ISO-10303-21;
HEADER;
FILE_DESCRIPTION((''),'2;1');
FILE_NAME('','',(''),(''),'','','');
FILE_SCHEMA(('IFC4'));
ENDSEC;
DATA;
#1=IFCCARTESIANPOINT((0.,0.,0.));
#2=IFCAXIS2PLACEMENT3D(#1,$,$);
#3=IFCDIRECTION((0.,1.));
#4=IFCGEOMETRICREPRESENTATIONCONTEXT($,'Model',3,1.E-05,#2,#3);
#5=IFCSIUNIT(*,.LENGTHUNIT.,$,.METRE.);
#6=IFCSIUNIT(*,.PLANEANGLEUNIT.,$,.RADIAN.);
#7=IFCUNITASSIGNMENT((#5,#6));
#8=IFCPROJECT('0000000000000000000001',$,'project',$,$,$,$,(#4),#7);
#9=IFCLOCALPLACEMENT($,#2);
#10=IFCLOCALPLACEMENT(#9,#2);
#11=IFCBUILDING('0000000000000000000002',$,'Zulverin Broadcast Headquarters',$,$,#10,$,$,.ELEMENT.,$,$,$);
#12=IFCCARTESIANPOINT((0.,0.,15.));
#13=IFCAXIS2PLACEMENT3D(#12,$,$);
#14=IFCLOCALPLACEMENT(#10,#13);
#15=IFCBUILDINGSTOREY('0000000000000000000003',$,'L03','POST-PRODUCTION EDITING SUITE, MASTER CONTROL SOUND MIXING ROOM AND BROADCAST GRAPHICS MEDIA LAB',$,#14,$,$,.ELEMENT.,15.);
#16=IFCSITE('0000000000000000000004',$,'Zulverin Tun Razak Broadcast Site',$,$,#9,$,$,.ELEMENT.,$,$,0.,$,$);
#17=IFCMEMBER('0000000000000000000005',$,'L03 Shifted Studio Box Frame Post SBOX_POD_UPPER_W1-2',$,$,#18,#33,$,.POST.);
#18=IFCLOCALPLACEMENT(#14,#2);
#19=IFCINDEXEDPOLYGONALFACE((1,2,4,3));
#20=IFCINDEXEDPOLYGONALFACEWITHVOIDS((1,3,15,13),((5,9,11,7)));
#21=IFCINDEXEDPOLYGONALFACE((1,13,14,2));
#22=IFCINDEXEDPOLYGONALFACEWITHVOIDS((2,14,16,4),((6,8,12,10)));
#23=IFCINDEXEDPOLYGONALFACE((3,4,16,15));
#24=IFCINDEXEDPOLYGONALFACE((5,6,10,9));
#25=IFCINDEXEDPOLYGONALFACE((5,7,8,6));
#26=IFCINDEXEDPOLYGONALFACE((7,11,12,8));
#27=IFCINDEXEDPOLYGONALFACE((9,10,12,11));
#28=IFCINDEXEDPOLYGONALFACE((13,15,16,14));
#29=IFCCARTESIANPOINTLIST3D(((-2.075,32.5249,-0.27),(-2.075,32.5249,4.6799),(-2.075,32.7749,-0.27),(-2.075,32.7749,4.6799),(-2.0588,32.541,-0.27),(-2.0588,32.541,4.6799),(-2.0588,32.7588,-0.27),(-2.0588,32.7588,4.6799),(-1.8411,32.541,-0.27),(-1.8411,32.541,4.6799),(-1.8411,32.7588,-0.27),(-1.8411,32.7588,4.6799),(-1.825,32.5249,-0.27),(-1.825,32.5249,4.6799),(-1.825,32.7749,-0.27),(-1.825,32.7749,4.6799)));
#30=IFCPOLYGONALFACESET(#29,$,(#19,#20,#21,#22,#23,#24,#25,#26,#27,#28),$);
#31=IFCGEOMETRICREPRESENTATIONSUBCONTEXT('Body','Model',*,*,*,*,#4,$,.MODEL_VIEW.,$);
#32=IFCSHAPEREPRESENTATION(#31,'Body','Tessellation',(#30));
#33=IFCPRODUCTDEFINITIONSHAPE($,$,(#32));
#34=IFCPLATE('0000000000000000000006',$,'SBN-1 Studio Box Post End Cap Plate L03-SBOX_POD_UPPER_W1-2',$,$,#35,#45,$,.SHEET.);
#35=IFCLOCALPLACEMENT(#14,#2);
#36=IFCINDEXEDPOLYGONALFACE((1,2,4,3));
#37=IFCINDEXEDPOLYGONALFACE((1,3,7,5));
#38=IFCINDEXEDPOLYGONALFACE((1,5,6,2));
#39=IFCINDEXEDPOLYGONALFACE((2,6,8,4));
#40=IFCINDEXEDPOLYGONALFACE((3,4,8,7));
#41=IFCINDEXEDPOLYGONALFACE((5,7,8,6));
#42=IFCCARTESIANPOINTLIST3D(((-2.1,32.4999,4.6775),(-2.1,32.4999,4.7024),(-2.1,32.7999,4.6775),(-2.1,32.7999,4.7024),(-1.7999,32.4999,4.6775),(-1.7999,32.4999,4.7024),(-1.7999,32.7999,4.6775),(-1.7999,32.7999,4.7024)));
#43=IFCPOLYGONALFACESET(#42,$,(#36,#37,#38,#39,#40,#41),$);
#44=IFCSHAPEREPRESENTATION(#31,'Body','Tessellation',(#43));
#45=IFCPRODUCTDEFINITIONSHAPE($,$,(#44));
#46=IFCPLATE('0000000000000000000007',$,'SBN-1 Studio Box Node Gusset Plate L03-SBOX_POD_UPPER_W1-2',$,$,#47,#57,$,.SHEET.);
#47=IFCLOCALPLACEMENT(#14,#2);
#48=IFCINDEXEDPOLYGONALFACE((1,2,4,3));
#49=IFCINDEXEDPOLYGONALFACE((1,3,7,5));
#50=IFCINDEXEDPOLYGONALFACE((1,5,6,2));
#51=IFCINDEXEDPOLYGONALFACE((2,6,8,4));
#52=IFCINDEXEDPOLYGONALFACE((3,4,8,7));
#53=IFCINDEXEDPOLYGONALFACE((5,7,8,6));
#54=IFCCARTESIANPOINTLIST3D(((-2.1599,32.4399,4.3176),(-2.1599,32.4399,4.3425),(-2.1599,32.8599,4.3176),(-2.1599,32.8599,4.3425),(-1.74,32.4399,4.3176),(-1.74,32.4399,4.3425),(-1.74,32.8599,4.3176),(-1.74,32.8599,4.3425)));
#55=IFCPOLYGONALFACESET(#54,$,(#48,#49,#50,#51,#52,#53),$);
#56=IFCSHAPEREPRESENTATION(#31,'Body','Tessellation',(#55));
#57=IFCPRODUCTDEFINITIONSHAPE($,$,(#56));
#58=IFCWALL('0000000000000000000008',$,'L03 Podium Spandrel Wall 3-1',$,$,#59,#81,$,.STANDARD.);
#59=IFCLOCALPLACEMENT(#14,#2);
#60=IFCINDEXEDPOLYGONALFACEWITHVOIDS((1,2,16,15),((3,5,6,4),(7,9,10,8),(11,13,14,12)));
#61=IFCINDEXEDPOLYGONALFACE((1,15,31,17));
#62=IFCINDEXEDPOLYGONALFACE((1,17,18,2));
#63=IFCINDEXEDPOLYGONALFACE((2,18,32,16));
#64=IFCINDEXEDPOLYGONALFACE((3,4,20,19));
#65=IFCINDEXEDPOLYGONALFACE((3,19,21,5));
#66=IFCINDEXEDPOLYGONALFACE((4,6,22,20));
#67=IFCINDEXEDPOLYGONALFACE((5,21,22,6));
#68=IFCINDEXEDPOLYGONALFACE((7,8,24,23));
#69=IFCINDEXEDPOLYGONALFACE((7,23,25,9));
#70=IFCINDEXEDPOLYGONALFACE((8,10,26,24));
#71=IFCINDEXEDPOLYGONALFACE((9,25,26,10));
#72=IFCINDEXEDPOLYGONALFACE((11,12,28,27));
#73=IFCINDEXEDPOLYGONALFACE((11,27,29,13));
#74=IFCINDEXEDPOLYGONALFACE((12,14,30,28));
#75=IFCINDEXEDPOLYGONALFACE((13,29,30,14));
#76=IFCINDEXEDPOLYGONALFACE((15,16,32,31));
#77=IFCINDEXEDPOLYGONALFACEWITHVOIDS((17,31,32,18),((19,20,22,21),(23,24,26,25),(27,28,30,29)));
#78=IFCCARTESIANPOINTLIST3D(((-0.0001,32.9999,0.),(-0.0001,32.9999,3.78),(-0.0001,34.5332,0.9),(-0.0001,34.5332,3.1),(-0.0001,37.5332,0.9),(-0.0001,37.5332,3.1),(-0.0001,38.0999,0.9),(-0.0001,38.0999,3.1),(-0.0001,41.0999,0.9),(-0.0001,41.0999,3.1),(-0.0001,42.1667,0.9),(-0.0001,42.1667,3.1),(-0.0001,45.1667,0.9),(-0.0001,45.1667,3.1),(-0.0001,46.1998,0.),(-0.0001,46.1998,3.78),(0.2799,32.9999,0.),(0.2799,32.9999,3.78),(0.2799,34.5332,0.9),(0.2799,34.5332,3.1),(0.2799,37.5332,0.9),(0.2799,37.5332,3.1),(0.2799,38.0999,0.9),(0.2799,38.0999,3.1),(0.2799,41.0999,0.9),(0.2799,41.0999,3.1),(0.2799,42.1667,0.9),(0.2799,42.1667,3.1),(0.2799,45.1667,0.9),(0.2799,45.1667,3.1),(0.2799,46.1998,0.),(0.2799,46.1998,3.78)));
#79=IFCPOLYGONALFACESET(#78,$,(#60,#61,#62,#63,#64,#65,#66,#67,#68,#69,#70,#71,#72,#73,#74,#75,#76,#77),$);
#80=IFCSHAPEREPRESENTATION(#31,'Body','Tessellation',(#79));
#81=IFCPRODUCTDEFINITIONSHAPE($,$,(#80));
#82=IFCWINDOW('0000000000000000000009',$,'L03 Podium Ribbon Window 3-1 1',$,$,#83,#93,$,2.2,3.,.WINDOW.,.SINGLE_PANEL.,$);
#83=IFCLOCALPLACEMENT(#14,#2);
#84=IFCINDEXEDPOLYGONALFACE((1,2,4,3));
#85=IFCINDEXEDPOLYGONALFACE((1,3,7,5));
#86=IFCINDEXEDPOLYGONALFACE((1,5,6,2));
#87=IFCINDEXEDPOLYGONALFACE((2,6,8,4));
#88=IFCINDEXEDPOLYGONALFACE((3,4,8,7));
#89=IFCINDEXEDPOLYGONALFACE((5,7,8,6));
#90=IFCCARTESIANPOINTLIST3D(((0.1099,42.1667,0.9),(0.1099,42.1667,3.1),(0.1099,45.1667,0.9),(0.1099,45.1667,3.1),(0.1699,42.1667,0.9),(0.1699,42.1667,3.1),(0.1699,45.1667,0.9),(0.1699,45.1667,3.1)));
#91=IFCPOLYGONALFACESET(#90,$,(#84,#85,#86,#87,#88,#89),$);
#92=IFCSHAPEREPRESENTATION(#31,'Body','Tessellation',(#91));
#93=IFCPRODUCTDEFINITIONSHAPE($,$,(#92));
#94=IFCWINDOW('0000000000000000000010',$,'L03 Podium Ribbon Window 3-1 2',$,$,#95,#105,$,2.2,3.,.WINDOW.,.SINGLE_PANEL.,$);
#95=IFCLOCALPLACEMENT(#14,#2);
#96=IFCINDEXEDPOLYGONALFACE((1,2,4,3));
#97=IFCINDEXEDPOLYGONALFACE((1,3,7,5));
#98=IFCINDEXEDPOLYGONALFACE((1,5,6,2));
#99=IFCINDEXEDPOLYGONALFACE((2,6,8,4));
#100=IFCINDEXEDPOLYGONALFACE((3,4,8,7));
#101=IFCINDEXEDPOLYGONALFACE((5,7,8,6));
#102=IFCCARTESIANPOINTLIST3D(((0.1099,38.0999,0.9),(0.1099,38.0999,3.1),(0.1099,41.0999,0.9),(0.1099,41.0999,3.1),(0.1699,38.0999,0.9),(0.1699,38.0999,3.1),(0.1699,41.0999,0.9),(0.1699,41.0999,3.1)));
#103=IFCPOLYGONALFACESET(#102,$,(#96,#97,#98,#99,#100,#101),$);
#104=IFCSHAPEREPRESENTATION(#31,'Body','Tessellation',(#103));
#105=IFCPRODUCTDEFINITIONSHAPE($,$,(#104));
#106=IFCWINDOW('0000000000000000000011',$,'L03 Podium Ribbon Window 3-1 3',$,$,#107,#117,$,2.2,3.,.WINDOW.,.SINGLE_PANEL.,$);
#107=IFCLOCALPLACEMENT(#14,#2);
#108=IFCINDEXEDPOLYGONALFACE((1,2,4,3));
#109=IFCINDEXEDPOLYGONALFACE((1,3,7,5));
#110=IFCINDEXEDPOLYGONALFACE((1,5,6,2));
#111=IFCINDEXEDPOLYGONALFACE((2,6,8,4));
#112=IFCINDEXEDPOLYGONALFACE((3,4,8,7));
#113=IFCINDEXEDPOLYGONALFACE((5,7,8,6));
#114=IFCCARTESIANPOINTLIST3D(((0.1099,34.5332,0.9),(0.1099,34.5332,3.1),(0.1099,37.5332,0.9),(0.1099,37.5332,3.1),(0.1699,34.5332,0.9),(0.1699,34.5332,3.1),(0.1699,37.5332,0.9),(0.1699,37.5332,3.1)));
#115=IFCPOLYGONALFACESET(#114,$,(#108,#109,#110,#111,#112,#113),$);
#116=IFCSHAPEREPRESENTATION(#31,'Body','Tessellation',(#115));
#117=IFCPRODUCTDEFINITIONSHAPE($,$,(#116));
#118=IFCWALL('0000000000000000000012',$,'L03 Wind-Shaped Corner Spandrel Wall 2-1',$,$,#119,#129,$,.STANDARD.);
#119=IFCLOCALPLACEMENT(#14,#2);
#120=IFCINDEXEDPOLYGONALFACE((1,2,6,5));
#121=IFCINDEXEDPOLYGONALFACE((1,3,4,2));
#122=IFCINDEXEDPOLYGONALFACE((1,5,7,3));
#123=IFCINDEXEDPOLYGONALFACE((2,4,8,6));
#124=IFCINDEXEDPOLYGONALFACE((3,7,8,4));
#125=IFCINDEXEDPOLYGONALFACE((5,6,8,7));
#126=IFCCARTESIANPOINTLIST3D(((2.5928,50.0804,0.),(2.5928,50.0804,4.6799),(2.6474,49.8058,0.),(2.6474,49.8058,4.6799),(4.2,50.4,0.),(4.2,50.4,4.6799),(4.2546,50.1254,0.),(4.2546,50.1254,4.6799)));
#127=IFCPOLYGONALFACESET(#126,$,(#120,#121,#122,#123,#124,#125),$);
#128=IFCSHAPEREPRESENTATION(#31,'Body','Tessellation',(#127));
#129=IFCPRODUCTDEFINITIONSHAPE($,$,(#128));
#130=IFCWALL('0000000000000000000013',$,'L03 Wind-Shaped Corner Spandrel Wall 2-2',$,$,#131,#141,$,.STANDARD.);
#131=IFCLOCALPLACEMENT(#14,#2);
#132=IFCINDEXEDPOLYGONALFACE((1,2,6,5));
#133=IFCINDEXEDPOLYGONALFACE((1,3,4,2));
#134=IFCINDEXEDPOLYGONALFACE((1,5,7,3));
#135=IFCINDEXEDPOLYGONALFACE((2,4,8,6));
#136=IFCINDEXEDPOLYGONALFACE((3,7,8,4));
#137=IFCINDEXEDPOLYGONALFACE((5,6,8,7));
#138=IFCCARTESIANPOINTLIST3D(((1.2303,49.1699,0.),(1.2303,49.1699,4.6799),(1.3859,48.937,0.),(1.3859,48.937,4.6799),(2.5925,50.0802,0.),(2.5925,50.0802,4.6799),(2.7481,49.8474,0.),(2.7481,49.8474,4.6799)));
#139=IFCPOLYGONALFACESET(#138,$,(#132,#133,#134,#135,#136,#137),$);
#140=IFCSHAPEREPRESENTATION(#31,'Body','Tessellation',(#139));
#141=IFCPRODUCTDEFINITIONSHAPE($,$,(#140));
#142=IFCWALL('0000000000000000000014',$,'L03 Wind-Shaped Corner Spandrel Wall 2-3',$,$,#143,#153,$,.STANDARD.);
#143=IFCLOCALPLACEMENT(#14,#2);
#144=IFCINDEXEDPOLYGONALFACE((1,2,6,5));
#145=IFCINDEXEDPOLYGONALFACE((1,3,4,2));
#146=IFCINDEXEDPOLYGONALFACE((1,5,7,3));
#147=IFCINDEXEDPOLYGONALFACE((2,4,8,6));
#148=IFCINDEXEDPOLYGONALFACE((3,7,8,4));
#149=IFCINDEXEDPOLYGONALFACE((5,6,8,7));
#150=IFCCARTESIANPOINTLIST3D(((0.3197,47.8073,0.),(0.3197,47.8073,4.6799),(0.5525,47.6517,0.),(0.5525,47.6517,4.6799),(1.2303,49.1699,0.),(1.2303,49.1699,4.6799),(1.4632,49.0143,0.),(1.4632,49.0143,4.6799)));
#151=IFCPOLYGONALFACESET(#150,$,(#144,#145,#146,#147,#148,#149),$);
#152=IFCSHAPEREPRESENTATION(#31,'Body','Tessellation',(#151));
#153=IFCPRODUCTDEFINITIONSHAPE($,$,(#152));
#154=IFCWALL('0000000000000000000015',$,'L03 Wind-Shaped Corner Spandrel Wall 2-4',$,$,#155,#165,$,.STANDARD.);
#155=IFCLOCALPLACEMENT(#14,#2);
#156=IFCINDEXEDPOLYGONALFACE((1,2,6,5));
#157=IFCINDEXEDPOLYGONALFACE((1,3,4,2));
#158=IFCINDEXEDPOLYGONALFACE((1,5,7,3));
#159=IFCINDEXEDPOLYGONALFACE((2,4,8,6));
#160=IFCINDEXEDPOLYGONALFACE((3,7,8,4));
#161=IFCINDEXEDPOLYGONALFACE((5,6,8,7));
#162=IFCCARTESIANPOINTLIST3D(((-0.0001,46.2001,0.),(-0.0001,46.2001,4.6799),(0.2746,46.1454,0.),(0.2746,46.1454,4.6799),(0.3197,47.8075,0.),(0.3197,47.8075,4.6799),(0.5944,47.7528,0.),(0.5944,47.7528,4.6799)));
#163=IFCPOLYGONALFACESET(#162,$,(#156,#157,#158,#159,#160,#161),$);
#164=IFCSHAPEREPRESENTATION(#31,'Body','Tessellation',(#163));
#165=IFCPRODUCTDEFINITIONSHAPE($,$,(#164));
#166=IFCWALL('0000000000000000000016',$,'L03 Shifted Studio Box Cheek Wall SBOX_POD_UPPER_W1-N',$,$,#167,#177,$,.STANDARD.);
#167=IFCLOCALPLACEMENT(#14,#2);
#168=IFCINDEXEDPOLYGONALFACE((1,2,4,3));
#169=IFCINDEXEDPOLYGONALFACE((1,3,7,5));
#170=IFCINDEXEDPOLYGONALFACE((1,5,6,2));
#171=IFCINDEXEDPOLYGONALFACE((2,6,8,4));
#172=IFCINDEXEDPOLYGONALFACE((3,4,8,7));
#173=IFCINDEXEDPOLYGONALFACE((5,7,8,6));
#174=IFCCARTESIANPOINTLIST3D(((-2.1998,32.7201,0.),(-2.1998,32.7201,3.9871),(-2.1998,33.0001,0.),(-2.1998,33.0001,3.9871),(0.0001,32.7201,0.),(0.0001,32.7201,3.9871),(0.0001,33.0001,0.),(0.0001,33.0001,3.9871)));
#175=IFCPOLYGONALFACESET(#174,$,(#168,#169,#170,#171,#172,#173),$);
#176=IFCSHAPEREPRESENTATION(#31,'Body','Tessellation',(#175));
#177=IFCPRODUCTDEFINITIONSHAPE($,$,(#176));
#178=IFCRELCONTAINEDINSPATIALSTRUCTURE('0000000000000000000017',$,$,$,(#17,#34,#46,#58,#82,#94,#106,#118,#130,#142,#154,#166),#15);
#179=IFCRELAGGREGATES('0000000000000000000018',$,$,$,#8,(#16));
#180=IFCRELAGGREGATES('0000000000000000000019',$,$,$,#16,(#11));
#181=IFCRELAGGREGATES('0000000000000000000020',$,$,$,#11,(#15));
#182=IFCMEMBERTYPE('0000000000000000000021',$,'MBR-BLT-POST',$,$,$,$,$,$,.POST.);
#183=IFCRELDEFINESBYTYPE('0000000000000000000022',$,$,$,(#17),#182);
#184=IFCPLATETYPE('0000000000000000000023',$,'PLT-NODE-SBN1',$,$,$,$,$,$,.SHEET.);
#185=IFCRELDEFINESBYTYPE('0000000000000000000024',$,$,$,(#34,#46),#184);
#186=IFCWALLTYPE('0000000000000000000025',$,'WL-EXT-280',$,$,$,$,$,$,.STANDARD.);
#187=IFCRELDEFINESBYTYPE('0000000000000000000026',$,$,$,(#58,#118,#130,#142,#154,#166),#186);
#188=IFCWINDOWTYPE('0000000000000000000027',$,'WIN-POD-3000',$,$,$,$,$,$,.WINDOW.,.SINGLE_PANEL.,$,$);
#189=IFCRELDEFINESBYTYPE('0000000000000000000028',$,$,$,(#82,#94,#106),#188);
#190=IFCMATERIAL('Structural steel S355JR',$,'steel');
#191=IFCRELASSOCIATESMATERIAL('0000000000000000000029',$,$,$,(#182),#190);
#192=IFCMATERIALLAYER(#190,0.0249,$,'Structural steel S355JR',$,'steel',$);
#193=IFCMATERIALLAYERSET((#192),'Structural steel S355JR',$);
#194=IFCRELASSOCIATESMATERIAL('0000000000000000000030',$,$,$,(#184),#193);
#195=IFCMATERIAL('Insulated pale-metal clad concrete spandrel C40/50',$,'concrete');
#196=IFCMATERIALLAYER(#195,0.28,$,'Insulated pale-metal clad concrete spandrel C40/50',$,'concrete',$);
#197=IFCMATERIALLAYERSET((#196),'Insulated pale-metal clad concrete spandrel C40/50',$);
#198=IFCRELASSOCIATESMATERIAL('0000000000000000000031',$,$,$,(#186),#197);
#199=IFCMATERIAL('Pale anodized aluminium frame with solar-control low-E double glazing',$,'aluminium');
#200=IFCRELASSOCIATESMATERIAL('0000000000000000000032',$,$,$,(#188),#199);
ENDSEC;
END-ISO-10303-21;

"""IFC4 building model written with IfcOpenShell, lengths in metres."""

from ifc_helpers import new_model, si_unit, direction, frame, frame_2d, origin, origin_2d, place, context, subcontext, project, spatial, rectangle, hollow_rectangle, extrude, material, layer, layer_set, material_profile, profile_set, type_object, element, fill, save


model = new_model("IFC4")

# Units and contexts
model_context = context("Model", 3, precision=1e-05, world=origin(), true_north=direction((0.0, 1.0)))
body_context = subcontext(model_context, "Body", "Model", "MODEL_VIEW")
ifc_project = project(units=[si_unit("LENGTHUNIT", "METRE"), si_unit("PLANEANGLEUNIT", "RADIAN")], contexts=[model_context])

# Site, building, storey
site_placement = place(None, origin())
site = spatial("IfcSite", under=ifc_project, at=site_placement, Name="Zulverin Tun Razak Broadcast Site", CompositionType="ELEMENT", RefElevation=0.0)
building_placement = place(site_placement, origin())
building = spatial("IfcBuilding", under=site, at=building_placement, Name="Zulverin Broadcast Headquarters", CompositionType="ELEMENT")
storey_placement = place(building_placement, frame((0.0, 0.0, 15.0)))
storey = spatial("IfcBuildingStorey", under=building, at=storey_placement, Name="L03", Description="POST-PRODUCTION EDITING SUITE, MASTER CONTROL SOUND MIXING ROOM AND BROADCAST GRAPHICS MEDIA LAB", CompositionType="ELEMENT", Elevation=15.0)

# Shared definitions
ifc_material_1 = material(Name="Structural steel S355JR", Category="steel")

# Member
ifc_material_profile_1 = material_profile(ifc_material_1, hollow_rectangle(XDim=0.25, YDim=0.25, WallThickness=0.0161, at=origin_2d()), Name="Structural steel S355JR", Category="steel")
ifc_profile_set_1 = profile_set([ifc_material_profile_1], Name="Structural steel S355JR")
member_type_1 = type_object("IfcMemberType", Name="MBR-BLT-POST", PredefinedType="POST", material=ifc_profile_set_1)
member_1_placement = place(storey_placement, frame((-1.95, 32.6499, -0.27), z_axis=(0.0, 0.0, 1.0), x_axis=(1.0, 0.0, 0.0)))
element("IfcMember", 1, at=member_1_placement, inside=storey, type_object=member_type_1, Name="L03 Shifted Studio Box Frame Post SBOX_POD_UPPER_W1-2", PredefinedType="POST", context=body_context, shape_type="SweptSolid", body=[
    extrude(hollow_rectangle(XDim=0.25, YDim=0.25, WallThickness=0.0161, at=origin_2d()), origin(), (0.0, 0.0, 1.0), 4.95),
])

# Plates
ifc_layer_1 = layer(ifc_material_1, 0.0249, Name="Structural steel S355JR", Category="steel")
ifc_layer_set_1 = layer_set([ifc_layer_1], Name="Structural steel S355JR")
plate_type = type_object("IfcPlateType", Name="PLT-NODE-SBN1", PredefinedType="SHEET", material=ifc_layer_set_1)
plate_1_placement = place(storey_placement, frame((-1.95, 32.6499, 4.6775), z_axis=(0.0, 0.0, 1.0), x_axis=(1.0, 0.0, 0.0)))
element("IfcPlate", 2, at=plate_1_placement, inside=storey, type_object=plate_type, Name="SBN-1 Studio Box Post End Cap Plate L03-SBOX_POD_UPPER_W1-2", PredefinedType="SHEET", context=body_context, shape_type="SweptSolid", body=[
    extrude(rectangle(XDim=0.3, YDim=0.3, at=origin_2d()), origin(), (0.0, 0.0, 1.0), 0.0249),
])
plate_2_placement = place(storey_placement, frame((-1.95, 32.6499, 4.3176), z_axis=(0.0, 0.0, 1.0), x_axis=(1.0, 0.0, 0.0)))
element("IfcPlate", 3, at=plate_2_placement, inside=storey, type_object=plate_type, Name="SBN-1 Studio Box Node Gusset Plate L03-SBOX_POD_UPPER_W1-2", PredefinedType="SHEET", context=body_context, shape_type="SweptSolid", body=[
    extrude(rectangle(XDim=0.4199, YDim=0.4199, at=origin_2d()), origin(), (0.0, 0.0, 1.0), 0.0249),
])

# Wall, openings, windows
ifc_material_2 = material(Name="Insulated pale-metal clad concrete spandrel C40/50", Category="concrete")
ifc_layer_2 = layer(ifc_material_2, 0.28, Name="Insulated pale-metal clad concrete spandrel C40/50", Category="concrete")
ifc_layer_set_2 = layer_set([ifc_layer_2], Name="Insulated pale-metal clad concrete spandrel C40/50")
wall_type_1 = type_object("IfcWallType", Name="WL-EXT-280", PredefinedType="STANDARD", material=ifc_layer_set_2)
wall_1_placement = place(storey_placement, frame((0.1399, 46.2, 0.0), z_axis=(0.0, 0.0, 1.0), x_axis=(0.0, -1.0, 0.0)))
wall_1 = element("IfcWall", 4, at=wall_1_placement, inside=storey, type_object=wall_type_1, Name="L03 Podium Spandrel Wall 3-1", PredefinedType="STANDARD", context=body_context, shape_type="SweptSolid", body=[
    extrude(rectangle(XDim=13.2, YDim=0.28, at=frame_2d((6.6001, 0.0))), origin(), (0.0, 0.0, 1.0), 3.78),
])
opening_1_placement = place(wall_1_placement, frame((1.0332, 0.0, 0.8999)))
opening_1 = element("IfcOpeningElement", 5, at=opening_1_placement, cuts=wall_1, PredefinedType="OPENING", context=body_context, shape_type="SweptSolid", body=[
    extrude(rectangle(XDim=3.0, YDim=2.2, at=frame_2d((1.5, 1.1001))), frame((0.0, 0.1499, 0.0), z_axis=(0.0, -1.0, 0.0), x_axis=(1.0, 0.0, 0.0)), (0.0, 0.0, 1.0), 0.3),
])
opening_2_placement = place(wall_1_placement, frame((5.1001, 0.0, 0.8999)))
opening_2 = element("IfcOpeningElement", 6, at=opening_2_placement, cuts=wall_1, PredefinedType="OPENING", context=body_context, shape_type="SweptSolid", body=[
    extrude(rectangle(XDim=3.0, YDim=2.2, at=frame_2d((1.5, 1.1001))), frame((0.0, 0.1499, 0.0), z_axis=(0.0, -1.0, 0.0), x_axis=(1.0, 0.0, 0.0)), (0.0, 0.0, 1.0), 0.3),
])
opening_3_placement = place(wall_1_placement, frame((8.6667, 0.0, 0.8999)))
opening_3 = element("IfcOpeningElement", 7, at=opening_3_placement, cuts=wall_1, PredefinedType="OPENING", context=body_context, shape_type="SweptSolid", body=[
    extrude(rectangle(XDim=3.0, YDim=2.2, at=frame_2d((1.5, 1.1001))), frame((0.0, 0.1499, 0.0), z_axis=(0.0, -1.0, 0.0), x_axis=(1.0, 0.0, 0.0)), (0.0, 0.0, 1.0), 0.3),
])
ifc_material_3 = material(Name="Pale anodized aluminium frame with solar-control low-E double glazing", Category="aluminium")
window_type = type_object("IfcWindowType", Name="WIN-POD-3000", PartitioningType="SINGLE_PANEL", PredefinedType="WINDOW", material=ifc_material_3)
window_1_placement = place(opening_1_placement, origin())
window_1 = element("IfcWindow", 8, at=window_1_placement, inside=storey, type_object=window_type, Name="L03 Podium Ribbon Window 3-1 1", OverallHeight=2.2, OverallWidth=3.0, PartitioningType="SINGLE_PANEL", PredefinedType="WINDOW", context=body_context, shape_type="SweptSolid", body=[
    extrude(rectangle(XDim=3.0, YDim=2.2, at=frame_2d((1.5, 1.1001))), frame((0.0, 0.03, 0.0), z_axis=(0.0, -1.0, 0.0), x_axis=(1.0, 0.0, 0.0)), (0.0, 0.0, 1.0), 0.0601),
])
fill(opening_1, window_1)
window_2_placement = place(opening_2_placement, origin())
window_2 = element("IfcWindow", 9, at=window_2_placement, inside=storey, type_object=window_type, Name="L03 Podium Ribbon Window 3-1 2", OverallHeight=2.2, OverallWidth=3.0, PartitioningType="SINGLE_PANEL", PredefinedType="WINDOW", context=body_context, shape_type="SweptSolid", body=[
    extrude(rectangle(XDim=3.0, YDim=2.2, at=frame_2d((1.5, 1.1001))), frame((0.0, 0.03, 0.0), z_axis=(0.0, -1.0, 0.0), x_axis=(1.0, 0.0, 0.0)), (0.0, 0.0, 1.0), 0.0601),
])
fill(opening_2, window_2)
window_3_placement = place(opening_3_placement, origin())
window_3 = element("IfcWindow", 10, at=window_3_placement, inside=storey, type_object=window_type, Name="L03 Podium Ribbon Window 3-1 3", OverallHeight=2.2, OverallWidth=3.0, PartitioningType="SINGLE_PANEL", PredefinedType="WINDOW", context=body_context, shape_type="SweptSolid", body=[
    extrude(rectangle(XDim=3.0, YDim=2.2, at=frame_2d((1.5, 1.1001))), frame((0.0, 0.03, 0.0), z_axis=(0.0, -1.0, 0.0), x_axis=(1.0, 0.0, 0.0)), (0.0, 0.0, 1.0), 0.0601),
])
fill(opening_3, window_3)

# Walls
wall_2_placement = place(storey_placement, frame((4.2273, 50.2627, 0.0), z_axis=(0.0, 0.0, 1.0), x_axis=(-0.980798, -0.195027, 0.0)))
element("IfcWall", 11, at=wall_2_placement, inside=storey, type_object=wall_type_1, Name="L03 Wind-Shaped Corner Spandrel Wall 2-1", PredefinedType="STANDARD", context=body_context, shape_type="SweptSolid", body=[
    extrude(rectangle(XDim=1.6387, YDim=0.28, at=frame_2d((0.8193, 0.0))), origin(), (0.0, 0.0, 1.0), 4.6799),
])
wall_3_placement = place(storey_placement, frame((2.6704, 49.9639, 0.0), z_axis=(0.0, 0.0, 1.0), x_axis=(-0.831431, -0.555628, 0.0)))
element("IfcWall", 12, at=wall_3_placement, inside=storey, type_object=wall_type_1, Name="L03 Wind-Shaped Corner Spandrel Wall 2-2", PredefinedType="STANDARD", context=body_context, shape_type="SweptSolid", body=[
    extrude(rectangle(XDim=1.6384, YDim=0.28, at=frame_2d((0.8193, 0.0))), origin(), (0.0, 0.0, 1.0), 4.6799),
])
for number, where, z_axis, x_axis, name in (
    (13, (1.3467, 49.092, 0.0), (0.0, 0.0, 1.0), (-0.555662, -0.831408, 0.0), "L03 Wind-Shaped Corner Spandrel Wall 2-3"),
    (14, (0.457, 47.78, 0.0), (0.0, 0.0, 1.0), (-0.195142, -0.980775, 0.0), "L03 Wind-Shaped Corner Spandrel Wall 2-4"),
):
    element("IfcWall", number, at=place(storey_placement, frame(where, z_axis=z_axis, x_axis=x_axis)), inside=storey, type_object=wall_type_1, Name=name, PredefinedType="STANDARD", context=body_context, shape_type="SweptSolid", body=[
        extrude(rectangle(XDim=1.6389, YDim=0.28, at=frame_2d((0.8193, 0.0))), origin(), (0.0, 0.0, 1.0), 4.6799),
    ])
wall_4_placement = place(storey_placement, frame((-2.2, 32.8601, 0.0), z_axis=(0.0, 0.0, 1.0), x_axis=(1.0, 0.0, 0.0)))
element("IfcWall", 15, at=wall_4_placement, inside=storey, type_object=wall_type_1, Name="L03 Shifted Studio Box Cheek Wall SBOX_POD_UPPER_W1-N", PredefinedType="STANDARD", context=body_context, shape_type="SweptSolid", body=[
    extrude(rectangle(XDim=2.2, YDim=0.28, at=frame_2d((1.1001, 0.0))), origin(), (0.0, 0.0, 1.0), 3.9871),
])

save(model, "model.ifc")
